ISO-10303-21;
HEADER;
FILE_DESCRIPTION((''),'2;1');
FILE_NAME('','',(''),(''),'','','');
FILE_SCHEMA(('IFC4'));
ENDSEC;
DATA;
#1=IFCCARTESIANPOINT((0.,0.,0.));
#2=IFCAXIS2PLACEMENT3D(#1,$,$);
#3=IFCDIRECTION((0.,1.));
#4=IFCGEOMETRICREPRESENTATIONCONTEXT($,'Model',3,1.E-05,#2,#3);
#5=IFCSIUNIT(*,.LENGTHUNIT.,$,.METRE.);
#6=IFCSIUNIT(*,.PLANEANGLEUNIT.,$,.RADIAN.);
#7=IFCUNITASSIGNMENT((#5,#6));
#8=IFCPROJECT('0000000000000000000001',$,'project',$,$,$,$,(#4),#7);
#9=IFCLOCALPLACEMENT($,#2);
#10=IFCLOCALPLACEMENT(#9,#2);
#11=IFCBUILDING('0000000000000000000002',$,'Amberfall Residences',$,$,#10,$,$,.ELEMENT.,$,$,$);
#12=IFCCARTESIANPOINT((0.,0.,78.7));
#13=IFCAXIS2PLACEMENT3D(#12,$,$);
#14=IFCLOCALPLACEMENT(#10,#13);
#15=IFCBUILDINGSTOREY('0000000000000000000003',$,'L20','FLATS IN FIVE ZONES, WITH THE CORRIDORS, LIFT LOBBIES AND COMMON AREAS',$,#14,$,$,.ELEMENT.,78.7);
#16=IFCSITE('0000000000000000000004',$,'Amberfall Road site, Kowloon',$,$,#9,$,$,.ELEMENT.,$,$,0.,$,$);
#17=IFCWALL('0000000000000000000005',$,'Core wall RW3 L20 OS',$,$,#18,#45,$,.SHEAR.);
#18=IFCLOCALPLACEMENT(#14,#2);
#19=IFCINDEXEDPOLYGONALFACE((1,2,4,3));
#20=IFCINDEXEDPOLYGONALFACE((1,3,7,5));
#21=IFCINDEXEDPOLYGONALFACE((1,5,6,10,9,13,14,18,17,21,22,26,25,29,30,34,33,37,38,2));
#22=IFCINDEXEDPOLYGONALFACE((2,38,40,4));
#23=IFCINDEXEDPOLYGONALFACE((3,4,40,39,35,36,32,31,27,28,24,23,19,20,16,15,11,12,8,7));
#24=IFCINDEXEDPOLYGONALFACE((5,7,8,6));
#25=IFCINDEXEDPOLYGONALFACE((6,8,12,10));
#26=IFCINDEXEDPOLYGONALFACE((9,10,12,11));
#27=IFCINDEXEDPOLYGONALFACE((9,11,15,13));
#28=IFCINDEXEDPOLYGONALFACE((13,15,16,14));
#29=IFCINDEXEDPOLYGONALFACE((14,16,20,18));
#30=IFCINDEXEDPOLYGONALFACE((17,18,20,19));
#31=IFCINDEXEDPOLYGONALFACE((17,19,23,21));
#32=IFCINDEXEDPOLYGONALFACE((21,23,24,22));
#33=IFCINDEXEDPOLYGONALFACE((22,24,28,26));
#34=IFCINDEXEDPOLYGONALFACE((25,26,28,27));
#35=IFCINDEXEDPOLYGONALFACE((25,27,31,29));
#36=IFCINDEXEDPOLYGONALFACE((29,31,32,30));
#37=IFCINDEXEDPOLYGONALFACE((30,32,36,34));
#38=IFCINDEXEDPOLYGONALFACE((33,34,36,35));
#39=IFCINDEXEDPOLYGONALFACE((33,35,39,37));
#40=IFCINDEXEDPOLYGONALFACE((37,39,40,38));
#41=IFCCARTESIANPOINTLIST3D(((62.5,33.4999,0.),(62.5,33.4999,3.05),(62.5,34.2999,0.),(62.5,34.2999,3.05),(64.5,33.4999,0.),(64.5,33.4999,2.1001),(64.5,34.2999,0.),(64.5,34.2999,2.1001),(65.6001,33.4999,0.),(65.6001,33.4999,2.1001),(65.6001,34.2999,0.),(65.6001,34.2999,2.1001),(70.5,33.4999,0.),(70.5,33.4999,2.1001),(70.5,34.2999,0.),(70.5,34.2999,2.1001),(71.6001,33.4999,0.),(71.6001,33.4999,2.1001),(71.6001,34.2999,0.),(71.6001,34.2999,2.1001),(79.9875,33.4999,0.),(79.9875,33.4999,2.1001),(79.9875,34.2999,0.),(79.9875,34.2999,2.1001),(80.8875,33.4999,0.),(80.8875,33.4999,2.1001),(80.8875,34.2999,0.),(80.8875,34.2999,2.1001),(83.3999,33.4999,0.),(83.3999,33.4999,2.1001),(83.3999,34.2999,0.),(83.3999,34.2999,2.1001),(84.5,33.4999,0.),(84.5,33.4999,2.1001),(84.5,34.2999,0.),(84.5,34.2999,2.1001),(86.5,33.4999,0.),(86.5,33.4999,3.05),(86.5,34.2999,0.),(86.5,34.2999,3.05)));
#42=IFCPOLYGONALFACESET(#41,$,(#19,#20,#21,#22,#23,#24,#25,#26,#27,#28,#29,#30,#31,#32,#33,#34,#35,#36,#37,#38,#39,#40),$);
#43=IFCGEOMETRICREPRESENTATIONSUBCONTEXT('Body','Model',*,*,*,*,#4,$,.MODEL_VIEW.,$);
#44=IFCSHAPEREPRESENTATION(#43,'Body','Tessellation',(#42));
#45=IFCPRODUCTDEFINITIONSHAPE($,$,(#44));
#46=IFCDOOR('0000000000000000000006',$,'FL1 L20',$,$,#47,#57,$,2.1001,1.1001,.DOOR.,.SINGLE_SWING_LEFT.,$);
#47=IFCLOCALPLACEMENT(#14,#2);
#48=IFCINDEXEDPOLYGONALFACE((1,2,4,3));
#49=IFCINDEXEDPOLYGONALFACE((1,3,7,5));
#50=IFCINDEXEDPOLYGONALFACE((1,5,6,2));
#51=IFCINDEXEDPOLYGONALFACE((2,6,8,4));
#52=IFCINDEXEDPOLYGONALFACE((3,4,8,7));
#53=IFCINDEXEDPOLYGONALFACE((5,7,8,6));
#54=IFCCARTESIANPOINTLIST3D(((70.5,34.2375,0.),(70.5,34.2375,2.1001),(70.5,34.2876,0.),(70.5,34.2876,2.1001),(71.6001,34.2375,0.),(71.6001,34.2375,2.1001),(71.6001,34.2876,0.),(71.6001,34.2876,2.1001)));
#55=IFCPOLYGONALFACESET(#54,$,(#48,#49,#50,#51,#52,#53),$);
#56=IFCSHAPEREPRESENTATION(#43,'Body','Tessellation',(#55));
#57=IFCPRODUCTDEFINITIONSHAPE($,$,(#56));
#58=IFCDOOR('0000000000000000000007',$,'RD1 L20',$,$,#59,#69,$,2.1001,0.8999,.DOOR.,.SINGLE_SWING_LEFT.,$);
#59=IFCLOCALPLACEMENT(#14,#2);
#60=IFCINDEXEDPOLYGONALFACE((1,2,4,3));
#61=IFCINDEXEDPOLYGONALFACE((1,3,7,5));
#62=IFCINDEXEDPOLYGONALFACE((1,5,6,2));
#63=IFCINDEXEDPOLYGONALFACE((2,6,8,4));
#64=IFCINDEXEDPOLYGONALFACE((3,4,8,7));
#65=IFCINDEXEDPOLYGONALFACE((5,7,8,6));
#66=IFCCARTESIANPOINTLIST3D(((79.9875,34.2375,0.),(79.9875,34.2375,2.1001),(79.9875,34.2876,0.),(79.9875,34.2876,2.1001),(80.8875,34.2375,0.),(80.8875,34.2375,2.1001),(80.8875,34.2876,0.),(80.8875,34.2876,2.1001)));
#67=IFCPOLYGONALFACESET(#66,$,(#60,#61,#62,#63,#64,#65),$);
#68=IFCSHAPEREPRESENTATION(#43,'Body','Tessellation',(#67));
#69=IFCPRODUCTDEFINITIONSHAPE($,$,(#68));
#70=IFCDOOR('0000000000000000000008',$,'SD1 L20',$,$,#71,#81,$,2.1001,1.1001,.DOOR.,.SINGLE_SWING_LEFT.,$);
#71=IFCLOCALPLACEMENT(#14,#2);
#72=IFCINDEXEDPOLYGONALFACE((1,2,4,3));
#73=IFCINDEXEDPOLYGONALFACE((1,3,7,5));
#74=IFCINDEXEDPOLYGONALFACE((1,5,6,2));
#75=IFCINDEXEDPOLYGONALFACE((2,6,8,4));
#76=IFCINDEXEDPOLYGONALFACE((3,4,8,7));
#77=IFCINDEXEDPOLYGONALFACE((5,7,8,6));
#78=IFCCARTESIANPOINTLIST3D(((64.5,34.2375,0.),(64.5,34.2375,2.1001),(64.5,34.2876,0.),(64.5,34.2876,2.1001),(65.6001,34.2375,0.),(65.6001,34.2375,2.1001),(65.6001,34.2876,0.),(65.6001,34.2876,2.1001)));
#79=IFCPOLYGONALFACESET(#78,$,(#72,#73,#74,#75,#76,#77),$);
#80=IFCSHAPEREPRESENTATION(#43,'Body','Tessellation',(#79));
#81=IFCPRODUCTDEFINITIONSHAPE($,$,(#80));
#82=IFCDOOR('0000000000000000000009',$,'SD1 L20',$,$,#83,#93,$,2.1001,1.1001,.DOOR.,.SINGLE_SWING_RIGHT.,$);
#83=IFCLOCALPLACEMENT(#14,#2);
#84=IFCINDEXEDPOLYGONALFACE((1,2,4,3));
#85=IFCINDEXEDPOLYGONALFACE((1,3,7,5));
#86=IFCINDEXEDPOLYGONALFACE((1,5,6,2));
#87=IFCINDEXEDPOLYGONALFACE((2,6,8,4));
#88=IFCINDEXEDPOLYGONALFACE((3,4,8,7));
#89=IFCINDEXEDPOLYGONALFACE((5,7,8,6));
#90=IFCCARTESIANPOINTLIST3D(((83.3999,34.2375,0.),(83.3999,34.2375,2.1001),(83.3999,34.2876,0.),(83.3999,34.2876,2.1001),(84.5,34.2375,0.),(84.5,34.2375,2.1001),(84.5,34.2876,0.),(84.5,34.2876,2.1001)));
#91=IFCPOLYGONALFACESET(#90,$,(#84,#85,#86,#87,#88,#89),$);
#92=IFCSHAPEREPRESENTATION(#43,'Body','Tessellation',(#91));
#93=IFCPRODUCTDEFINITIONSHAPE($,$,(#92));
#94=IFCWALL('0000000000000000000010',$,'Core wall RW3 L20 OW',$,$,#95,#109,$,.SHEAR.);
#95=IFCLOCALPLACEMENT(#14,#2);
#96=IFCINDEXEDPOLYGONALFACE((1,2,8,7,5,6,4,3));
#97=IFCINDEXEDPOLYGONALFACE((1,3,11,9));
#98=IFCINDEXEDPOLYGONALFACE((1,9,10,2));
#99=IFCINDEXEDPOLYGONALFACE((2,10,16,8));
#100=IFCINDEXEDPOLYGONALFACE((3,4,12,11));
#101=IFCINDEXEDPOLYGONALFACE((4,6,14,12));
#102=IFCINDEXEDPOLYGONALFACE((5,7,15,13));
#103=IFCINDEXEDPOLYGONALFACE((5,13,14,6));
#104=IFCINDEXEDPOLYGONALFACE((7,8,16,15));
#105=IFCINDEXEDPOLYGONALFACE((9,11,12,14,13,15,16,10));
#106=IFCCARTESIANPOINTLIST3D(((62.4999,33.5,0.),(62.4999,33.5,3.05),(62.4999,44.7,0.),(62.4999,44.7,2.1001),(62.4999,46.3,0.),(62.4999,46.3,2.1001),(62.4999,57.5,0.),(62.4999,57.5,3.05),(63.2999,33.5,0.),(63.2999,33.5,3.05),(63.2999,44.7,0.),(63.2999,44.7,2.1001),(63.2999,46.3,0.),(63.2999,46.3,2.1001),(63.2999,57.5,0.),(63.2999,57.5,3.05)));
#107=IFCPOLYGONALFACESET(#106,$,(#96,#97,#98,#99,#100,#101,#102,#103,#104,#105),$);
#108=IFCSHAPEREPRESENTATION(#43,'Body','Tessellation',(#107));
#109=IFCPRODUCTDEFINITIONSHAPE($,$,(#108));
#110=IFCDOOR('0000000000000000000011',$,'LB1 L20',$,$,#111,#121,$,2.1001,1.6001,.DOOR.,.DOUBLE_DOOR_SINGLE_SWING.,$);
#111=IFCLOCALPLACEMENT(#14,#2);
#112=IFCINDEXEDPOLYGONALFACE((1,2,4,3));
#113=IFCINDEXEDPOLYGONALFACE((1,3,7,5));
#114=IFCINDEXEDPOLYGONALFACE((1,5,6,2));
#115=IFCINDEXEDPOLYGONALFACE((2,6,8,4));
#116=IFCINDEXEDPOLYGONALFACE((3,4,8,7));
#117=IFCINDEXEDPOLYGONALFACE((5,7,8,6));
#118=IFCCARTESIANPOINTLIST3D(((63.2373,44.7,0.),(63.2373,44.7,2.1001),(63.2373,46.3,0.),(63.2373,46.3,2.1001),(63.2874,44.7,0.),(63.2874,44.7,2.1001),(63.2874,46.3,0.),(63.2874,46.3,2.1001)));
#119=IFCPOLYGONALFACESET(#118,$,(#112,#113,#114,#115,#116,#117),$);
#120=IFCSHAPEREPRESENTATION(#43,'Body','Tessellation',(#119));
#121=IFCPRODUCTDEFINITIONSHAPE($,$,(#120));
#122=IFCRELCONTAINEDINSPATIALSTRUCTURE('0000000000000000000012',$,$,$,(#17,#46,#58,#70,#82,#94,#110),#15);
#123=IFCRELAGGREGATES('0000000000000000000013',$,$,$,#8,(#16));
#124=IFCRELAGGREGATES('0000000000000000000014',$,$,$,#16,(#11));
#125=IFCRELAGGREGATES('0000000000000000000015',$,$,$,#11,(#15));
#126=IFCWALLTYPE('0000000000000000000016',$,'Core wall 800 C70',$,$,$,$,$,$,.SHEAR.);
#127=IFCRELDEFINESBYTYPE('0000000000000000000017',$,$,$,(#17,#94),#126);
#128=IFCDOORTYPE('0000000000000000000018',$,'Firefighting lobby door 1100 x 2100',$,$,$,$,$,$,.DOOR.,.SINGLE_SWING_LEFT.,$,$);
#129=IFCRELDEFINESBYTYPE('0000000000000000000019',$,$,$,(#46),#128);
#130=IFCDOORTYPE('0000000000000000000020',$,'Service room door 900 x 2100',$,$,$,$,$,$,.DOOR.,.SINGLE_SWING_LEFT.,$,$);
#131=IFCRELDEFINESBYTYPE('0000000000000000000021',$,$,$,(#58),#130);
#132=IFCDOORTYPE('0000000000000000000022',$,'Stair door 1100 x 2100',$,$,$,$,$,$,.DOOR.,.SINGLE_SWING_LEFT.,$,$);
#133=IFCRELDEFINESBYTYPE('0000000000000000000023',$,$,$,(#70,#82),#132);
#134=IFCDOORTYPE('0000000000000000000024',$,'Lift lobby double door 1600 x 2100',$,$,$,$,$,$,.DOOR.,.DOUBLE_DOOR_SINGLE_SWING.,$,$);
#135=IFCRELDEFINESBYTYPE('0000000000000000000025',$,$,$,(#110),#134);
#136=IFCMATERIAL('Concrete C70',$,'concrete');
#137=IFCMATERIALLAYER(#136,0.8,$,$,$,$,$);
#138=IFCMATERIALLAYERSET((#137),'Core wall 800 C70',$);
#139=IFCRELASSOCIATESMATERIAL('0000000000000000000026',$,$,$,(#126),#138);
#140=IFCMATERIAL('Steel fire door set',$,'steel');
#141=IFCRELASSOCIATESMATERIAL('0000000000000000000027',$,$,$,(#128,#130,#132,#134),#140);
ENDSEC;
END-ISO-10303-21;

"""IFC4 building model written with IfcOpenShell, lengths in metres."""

from ifc_helpers import new_model, si_unit, direction, frame, frame_2d, origin, place, context, subcontext, project, spatial, rectangle, extrude, material, layer, layer_set, type_object, element, fill, save


model = new_model("IFC4")

# Units and contexts
model_context = context("Model", 3, precision=1e-05, world=origin(), true_north=direction((0.0, 1.0)))
body_context = subcontext(model_context, "Body", "Model", "MODEL_VIEW")
ifc_project = project(units=[si_unit("LENGTHUNIT", "METRE"), si_unit("PLANEANGLEUNIT", "RADIAN")], contexts=[model_context])

# Site, building, storey
site_placement = place(None, origin())
site = spatial("IfcSite", under=ifc_project, at=site_placement, Name="Amberfall Road site, Kowloon", CompositionType="ELEMENT", RefElevation=0.0)
building_placement = place(site_placement, origin())
building = spatial("IfcBuilding", under=site, at=building_placement, Name="Amberfall Residences", CompositionType="ELEMENT")
storey_placement = place(building_placement, frame((0.0, 0.0, 78.7)))
storey = spatial("IfcBuildingStorey", under=building, at=storey_placement, Name="L20", Description="FLATS IN FIVE ZONES, WITH THE CORRIDORS, LIFT LOBBIES AND COMMON AREAS", CompositionType="ELEMENT", Elevation=78.7)

# Wall, openings, doors
ifc_material_1 = material(Name="Concrete C70", Category="concrete")
ifc_layer_1 = layer(ifc_material_1, 0.8)
ifc_layer_set_1 = layer_set([ifc_layer_1], Name="Core wall 800 C70")
wall_type_1 = type_object("IfcWallType", Name="Core wall 800 C70", PredefinedType="SHEAR", material=ifc_layer_set_1)
wall_1_placement = place(storey_placement, frame((62.5, 33.8999, 0.0), z_axis=(0.0, 0.0, 1.0), x_axis=(1.0, 0.0, 0.0)))
wall_1 = element("IfcWall", 1, at=wall_1_placement, inside=storey, type_object=wall_type_1, Name="Core wall RW3 L20 OS", PredefinedType="SHEAR", context=body_context, shape_type="SweptSolid", body=[
    extrude(rectangle(XDim=24.0, YDim=0.8, at=frame_2d((12.0, 0.0))), origin(), (0.0, 0.0, 1.0), 3.05),
])
opening_1_placement = place(wall_1_placement, frame((2.0, 0.0, 0.0)))
opening_1 = element("IfcOpeningElement", 2, at=opening_1_placement, cuts=wall_1, PredefinedType="OPENING", context=body_context, shape_type="SweptSolid", body=[
    extrude(rectangle(XDim=1.1001, YDim=2.1001, at=frame_2d((0.55, 1.05))), frame((0.0, 0.4099, 0.0), z_axis=(0.0, -1.0, 0.0), x_axis=(1.0, 0.0, 0.0)), (0.0, 0.0, 1.0), 0.8201),
])
opening_2_placement = place(wall_1_placement, frame((20.8999, 0.0, 0.0)))
opening_2 = element("IfcOpeningElement", 3, at=opening_2_placement, cuts=wall_1, PredefinedType="OPENING", context=body_context, shape_type="SweptSolid", body=[
    extrude(rectangle(XDim=1.1001, YDim=2.1001, at=frame_2d((0.55, 1.05))), frame((0.0, 0.4099, 0.0), z_axis=(0.0, -1.0, 0.0), x_axis=(1.0, 0.0, 0.0)), (0.0, 0.0, 1.0), 0.8201),
])
opening_3_placement = place(wall_1_placement, frame((8.0, 0.0, 0.0)))
opening_3 = element("IfcOpeningElement", 4, at=opening_3_placement, cuts=wall_1, PredefinedType="OPENING", context=body_context, shape_type="SweptSolid", body=[
    extrude(rectangle(XDim=1.1001, YDim=2.1001, at=frame_2d((0.55, 1.05))), frame((0.0, 0.4099, 0.0), z_axis=(0.0, -1.0, 0.0), x_axis=(1.0, 0.0, 0.0)), (0.0, 0.0, 1.0), 0.8201),
])
opening_4_placement = place(wall_1_placement, frame((17.4875, 0.0, 0.0)))
opening_4 = element("IfcOpeningElement", 5, at=opening_4_placement, cuts=wall_1, PredefinedType="OPENING", context=body_context, shape_type="SweptSolid", body=[
    extrude(rectangle(XDim=0.8999, YDim=2.1001, at=frame_2d((0.45, 1.05))), frame((0.0, 0.4099, 0.0), z_axis=(0.0, -1.0, 0.0), x_axis=(1.0, 0.0, 0.0)), (0.0, 0.0, 1.0), 0.8201),
])
ifc_material_2 = material(Name="Steel fire door set", Category="steel")
door_type_1 = type_object("IfcDoorType", Name="Firefighting lobby door 1100 x 2100", OperationType="SINGLE_SWING_LEFT", PredefinedType="DOOR", material=ifc_material_2)
door_1_placement = place(opening_3_placement, origin())
door_1 = element("IfcDoor", 6, at=door_1_placement, inside=storey, type_object=door_type_1, Name="FL1 L20", OperationType="SINGLE_SWING_LEFT", OverallHeight=2.1001, OverallWidth=1.1001, PredefinedType="DOOR", context=body_context, shape_type="SweptSolid", body=[
    extrude(rectangle(XDim=1.1001, YDim=2.1001, at=frame_2d((0.55, 1.05))), frame((0.0, 0.3877, 0.0), z_axis=(0.0, -1.0, 0.0), x_axis=(1.0, 0.0, 0.0)), (0.0, 0.0, 1.0), 0.05),
])
fill(opening_3, door_1)
door_type_2 = type_object("IfcDoorType", Name="Service room door 900 x 2100", OperationType="SINGLE_SWING_LEFT", PredefinedType="DOOR", material=ifc_material_2)
door_2_placement = place(opening_4_placement, origin())
door_2 = element("IfcDoor", 7, at=door_2_placement, inside=storey, type_object=door_type_2, Name="RD1 L20", OperationType="SINGLE_SWING_LEFT", OverallHeight=2.1001, OverallWidth=0.8999, PredefinedType="DOOR", context=body_context, shape_type="SweptSolid", body=[
    extrude(rectangle(XDim=0.8999, YDim=2.1001, at=frame_2d((0.45, 1.05))), frame((0.0, 0.3877, 0.0), z_axis=(0.0, -1.0, 0.0), x_axis=(1.0, 0.0, 0.0)), (0.0, 0.0, 1.0), 0.05),
])
fill(opening_4, door_2)
door_type_3 = type_object("IfcDoorType", Name="Stair door 1100 x 2100", OperationType="SINGLE_SWING_LEFT", PredefinedType="DOOR", material=ifc_material_2)
door_3_placement = place(opening_1_placement, origin())
door_3 = element("IfcDoor", 8, at=door_3_placement, inside=storey, type_object=door_type_3, Name="SD1 L20", OperationType="SINGLE_SWING_LEFT", OverallHeight=2.1001, OverallWidth=1.1001, PredefinedType="DOOR", context=body_context, shape_type="SweptSolid", body=[
    extrude(rectangle(XDim=1.1001, YDim=2.1001, at=frame_2d((0.55, 1.05))), frame((0.0, 0.3877, 0.0), z_axis=(0.0, -1.0, 0.0), x_axis=(1.0, 0.0, 0.0)), (0.0, 0.0, 1.0), 0.05),
])
fill(opening_1, door_3)
door_4_placement = place(opening_2_placement, origin())
door_4 = element("IfcDoor", 9, at=door_4_placement, inside=storey, type_object=door_type_3, Name="SD1 L20", OperationType="SINGLE_SWING_RIGHT", OverallHeight=2.1001, OverallWidth=1.1001, PredefinedType="DOOR", context=body_context, shape_type="SweptSolid", body=[
    extrude(rectangle(XDim=1.1001, YDim=2.1001, at=frame_2d((0.55, 1.05))), frame((0.0, 0.3877, 0.0), z_axis=(0.0, -1.0, 0.0), x_axis=(1.0, 0.0, 0.0)), (0.0, 0.0, 1.0), 0.05),
])
fill(opening_2, door_4)

# Wall, opening, door
wall_2_placement = place(storey_placement, frame((62.8999, 33.5, 0.0), z_axis=(0.0, 0.0, 1.0), x_axis=(0.0, 1.0, 0.0)))
wall_2 = element("IfcWall", 10, at=wall_2_placement, inside=storey, type_object=wall_type_1, Name="Core wall RW3 L20 OW", PredefinedType="SHEAR", context=body_context, shape_type="SweptSolid", body=[
    extrude(rectangle(XDim=24.0, YDim=0.8, at=frame_2d((12.0, 0.0))), origin(), (0.0, 0.0, 1.0), 3.05),
])
opening_5_placement = place(wall_2_placement, frame((11.2, 0.0, 0.0)))
opening_5 = element("IfcOpeningElement", 11, at=opening_5_placement, cuts=wall_2, PredefinedType="OPENING", context=body_context, shape_type="SweptSolid", body=[
    extrude(rectangle(XDim=1.6001, YDim=2.1001, at=frame_2d((0.8, 1.05))), frame((0.0, 0.4099, 0.0), z_axis=(0.0, -1.0, 0.0), x_axis=(1.0, 0.0, 0.0)), (0.0, 0.0, 1.0), 0.8201),
])
door_type_4 = type_object("IfcDoorType", Name="Lift lobby double door 1600 x 2100", OperationType="DOUBLE_DOOR_SINGLE_SWING", PredefinedType="DOOR", material=ifc_material_2)
door_5_placement = place(opening_5_placement, origin())
door_5 = element("IfcDoor", 12, at=door_5_placement, inside=storey, type_object=door_type_4, Name="LB1 L20", OperationType="DOUBLE_DOOR_SINGLE_SWING", OverallHeight=2.1001, OverallWidth=1.6001, PredefinedType="DOOR", context=body_context, shape_type="SweptSolid", body=[
    extrude(rectangle(XDim=1.6001, YDim=2.1001, at=frame_2d((0.8, 1.05))), frame((0.0, -0.3374, 0.0), z_axis=(0.0, -1.0, 0.0), x_axis=(1.0, 0.0, 0.0)), (0.0, 0.0, 1.0), 0.05),
])
fill(opening_5, door_5)

save(model, "model.ifc")
